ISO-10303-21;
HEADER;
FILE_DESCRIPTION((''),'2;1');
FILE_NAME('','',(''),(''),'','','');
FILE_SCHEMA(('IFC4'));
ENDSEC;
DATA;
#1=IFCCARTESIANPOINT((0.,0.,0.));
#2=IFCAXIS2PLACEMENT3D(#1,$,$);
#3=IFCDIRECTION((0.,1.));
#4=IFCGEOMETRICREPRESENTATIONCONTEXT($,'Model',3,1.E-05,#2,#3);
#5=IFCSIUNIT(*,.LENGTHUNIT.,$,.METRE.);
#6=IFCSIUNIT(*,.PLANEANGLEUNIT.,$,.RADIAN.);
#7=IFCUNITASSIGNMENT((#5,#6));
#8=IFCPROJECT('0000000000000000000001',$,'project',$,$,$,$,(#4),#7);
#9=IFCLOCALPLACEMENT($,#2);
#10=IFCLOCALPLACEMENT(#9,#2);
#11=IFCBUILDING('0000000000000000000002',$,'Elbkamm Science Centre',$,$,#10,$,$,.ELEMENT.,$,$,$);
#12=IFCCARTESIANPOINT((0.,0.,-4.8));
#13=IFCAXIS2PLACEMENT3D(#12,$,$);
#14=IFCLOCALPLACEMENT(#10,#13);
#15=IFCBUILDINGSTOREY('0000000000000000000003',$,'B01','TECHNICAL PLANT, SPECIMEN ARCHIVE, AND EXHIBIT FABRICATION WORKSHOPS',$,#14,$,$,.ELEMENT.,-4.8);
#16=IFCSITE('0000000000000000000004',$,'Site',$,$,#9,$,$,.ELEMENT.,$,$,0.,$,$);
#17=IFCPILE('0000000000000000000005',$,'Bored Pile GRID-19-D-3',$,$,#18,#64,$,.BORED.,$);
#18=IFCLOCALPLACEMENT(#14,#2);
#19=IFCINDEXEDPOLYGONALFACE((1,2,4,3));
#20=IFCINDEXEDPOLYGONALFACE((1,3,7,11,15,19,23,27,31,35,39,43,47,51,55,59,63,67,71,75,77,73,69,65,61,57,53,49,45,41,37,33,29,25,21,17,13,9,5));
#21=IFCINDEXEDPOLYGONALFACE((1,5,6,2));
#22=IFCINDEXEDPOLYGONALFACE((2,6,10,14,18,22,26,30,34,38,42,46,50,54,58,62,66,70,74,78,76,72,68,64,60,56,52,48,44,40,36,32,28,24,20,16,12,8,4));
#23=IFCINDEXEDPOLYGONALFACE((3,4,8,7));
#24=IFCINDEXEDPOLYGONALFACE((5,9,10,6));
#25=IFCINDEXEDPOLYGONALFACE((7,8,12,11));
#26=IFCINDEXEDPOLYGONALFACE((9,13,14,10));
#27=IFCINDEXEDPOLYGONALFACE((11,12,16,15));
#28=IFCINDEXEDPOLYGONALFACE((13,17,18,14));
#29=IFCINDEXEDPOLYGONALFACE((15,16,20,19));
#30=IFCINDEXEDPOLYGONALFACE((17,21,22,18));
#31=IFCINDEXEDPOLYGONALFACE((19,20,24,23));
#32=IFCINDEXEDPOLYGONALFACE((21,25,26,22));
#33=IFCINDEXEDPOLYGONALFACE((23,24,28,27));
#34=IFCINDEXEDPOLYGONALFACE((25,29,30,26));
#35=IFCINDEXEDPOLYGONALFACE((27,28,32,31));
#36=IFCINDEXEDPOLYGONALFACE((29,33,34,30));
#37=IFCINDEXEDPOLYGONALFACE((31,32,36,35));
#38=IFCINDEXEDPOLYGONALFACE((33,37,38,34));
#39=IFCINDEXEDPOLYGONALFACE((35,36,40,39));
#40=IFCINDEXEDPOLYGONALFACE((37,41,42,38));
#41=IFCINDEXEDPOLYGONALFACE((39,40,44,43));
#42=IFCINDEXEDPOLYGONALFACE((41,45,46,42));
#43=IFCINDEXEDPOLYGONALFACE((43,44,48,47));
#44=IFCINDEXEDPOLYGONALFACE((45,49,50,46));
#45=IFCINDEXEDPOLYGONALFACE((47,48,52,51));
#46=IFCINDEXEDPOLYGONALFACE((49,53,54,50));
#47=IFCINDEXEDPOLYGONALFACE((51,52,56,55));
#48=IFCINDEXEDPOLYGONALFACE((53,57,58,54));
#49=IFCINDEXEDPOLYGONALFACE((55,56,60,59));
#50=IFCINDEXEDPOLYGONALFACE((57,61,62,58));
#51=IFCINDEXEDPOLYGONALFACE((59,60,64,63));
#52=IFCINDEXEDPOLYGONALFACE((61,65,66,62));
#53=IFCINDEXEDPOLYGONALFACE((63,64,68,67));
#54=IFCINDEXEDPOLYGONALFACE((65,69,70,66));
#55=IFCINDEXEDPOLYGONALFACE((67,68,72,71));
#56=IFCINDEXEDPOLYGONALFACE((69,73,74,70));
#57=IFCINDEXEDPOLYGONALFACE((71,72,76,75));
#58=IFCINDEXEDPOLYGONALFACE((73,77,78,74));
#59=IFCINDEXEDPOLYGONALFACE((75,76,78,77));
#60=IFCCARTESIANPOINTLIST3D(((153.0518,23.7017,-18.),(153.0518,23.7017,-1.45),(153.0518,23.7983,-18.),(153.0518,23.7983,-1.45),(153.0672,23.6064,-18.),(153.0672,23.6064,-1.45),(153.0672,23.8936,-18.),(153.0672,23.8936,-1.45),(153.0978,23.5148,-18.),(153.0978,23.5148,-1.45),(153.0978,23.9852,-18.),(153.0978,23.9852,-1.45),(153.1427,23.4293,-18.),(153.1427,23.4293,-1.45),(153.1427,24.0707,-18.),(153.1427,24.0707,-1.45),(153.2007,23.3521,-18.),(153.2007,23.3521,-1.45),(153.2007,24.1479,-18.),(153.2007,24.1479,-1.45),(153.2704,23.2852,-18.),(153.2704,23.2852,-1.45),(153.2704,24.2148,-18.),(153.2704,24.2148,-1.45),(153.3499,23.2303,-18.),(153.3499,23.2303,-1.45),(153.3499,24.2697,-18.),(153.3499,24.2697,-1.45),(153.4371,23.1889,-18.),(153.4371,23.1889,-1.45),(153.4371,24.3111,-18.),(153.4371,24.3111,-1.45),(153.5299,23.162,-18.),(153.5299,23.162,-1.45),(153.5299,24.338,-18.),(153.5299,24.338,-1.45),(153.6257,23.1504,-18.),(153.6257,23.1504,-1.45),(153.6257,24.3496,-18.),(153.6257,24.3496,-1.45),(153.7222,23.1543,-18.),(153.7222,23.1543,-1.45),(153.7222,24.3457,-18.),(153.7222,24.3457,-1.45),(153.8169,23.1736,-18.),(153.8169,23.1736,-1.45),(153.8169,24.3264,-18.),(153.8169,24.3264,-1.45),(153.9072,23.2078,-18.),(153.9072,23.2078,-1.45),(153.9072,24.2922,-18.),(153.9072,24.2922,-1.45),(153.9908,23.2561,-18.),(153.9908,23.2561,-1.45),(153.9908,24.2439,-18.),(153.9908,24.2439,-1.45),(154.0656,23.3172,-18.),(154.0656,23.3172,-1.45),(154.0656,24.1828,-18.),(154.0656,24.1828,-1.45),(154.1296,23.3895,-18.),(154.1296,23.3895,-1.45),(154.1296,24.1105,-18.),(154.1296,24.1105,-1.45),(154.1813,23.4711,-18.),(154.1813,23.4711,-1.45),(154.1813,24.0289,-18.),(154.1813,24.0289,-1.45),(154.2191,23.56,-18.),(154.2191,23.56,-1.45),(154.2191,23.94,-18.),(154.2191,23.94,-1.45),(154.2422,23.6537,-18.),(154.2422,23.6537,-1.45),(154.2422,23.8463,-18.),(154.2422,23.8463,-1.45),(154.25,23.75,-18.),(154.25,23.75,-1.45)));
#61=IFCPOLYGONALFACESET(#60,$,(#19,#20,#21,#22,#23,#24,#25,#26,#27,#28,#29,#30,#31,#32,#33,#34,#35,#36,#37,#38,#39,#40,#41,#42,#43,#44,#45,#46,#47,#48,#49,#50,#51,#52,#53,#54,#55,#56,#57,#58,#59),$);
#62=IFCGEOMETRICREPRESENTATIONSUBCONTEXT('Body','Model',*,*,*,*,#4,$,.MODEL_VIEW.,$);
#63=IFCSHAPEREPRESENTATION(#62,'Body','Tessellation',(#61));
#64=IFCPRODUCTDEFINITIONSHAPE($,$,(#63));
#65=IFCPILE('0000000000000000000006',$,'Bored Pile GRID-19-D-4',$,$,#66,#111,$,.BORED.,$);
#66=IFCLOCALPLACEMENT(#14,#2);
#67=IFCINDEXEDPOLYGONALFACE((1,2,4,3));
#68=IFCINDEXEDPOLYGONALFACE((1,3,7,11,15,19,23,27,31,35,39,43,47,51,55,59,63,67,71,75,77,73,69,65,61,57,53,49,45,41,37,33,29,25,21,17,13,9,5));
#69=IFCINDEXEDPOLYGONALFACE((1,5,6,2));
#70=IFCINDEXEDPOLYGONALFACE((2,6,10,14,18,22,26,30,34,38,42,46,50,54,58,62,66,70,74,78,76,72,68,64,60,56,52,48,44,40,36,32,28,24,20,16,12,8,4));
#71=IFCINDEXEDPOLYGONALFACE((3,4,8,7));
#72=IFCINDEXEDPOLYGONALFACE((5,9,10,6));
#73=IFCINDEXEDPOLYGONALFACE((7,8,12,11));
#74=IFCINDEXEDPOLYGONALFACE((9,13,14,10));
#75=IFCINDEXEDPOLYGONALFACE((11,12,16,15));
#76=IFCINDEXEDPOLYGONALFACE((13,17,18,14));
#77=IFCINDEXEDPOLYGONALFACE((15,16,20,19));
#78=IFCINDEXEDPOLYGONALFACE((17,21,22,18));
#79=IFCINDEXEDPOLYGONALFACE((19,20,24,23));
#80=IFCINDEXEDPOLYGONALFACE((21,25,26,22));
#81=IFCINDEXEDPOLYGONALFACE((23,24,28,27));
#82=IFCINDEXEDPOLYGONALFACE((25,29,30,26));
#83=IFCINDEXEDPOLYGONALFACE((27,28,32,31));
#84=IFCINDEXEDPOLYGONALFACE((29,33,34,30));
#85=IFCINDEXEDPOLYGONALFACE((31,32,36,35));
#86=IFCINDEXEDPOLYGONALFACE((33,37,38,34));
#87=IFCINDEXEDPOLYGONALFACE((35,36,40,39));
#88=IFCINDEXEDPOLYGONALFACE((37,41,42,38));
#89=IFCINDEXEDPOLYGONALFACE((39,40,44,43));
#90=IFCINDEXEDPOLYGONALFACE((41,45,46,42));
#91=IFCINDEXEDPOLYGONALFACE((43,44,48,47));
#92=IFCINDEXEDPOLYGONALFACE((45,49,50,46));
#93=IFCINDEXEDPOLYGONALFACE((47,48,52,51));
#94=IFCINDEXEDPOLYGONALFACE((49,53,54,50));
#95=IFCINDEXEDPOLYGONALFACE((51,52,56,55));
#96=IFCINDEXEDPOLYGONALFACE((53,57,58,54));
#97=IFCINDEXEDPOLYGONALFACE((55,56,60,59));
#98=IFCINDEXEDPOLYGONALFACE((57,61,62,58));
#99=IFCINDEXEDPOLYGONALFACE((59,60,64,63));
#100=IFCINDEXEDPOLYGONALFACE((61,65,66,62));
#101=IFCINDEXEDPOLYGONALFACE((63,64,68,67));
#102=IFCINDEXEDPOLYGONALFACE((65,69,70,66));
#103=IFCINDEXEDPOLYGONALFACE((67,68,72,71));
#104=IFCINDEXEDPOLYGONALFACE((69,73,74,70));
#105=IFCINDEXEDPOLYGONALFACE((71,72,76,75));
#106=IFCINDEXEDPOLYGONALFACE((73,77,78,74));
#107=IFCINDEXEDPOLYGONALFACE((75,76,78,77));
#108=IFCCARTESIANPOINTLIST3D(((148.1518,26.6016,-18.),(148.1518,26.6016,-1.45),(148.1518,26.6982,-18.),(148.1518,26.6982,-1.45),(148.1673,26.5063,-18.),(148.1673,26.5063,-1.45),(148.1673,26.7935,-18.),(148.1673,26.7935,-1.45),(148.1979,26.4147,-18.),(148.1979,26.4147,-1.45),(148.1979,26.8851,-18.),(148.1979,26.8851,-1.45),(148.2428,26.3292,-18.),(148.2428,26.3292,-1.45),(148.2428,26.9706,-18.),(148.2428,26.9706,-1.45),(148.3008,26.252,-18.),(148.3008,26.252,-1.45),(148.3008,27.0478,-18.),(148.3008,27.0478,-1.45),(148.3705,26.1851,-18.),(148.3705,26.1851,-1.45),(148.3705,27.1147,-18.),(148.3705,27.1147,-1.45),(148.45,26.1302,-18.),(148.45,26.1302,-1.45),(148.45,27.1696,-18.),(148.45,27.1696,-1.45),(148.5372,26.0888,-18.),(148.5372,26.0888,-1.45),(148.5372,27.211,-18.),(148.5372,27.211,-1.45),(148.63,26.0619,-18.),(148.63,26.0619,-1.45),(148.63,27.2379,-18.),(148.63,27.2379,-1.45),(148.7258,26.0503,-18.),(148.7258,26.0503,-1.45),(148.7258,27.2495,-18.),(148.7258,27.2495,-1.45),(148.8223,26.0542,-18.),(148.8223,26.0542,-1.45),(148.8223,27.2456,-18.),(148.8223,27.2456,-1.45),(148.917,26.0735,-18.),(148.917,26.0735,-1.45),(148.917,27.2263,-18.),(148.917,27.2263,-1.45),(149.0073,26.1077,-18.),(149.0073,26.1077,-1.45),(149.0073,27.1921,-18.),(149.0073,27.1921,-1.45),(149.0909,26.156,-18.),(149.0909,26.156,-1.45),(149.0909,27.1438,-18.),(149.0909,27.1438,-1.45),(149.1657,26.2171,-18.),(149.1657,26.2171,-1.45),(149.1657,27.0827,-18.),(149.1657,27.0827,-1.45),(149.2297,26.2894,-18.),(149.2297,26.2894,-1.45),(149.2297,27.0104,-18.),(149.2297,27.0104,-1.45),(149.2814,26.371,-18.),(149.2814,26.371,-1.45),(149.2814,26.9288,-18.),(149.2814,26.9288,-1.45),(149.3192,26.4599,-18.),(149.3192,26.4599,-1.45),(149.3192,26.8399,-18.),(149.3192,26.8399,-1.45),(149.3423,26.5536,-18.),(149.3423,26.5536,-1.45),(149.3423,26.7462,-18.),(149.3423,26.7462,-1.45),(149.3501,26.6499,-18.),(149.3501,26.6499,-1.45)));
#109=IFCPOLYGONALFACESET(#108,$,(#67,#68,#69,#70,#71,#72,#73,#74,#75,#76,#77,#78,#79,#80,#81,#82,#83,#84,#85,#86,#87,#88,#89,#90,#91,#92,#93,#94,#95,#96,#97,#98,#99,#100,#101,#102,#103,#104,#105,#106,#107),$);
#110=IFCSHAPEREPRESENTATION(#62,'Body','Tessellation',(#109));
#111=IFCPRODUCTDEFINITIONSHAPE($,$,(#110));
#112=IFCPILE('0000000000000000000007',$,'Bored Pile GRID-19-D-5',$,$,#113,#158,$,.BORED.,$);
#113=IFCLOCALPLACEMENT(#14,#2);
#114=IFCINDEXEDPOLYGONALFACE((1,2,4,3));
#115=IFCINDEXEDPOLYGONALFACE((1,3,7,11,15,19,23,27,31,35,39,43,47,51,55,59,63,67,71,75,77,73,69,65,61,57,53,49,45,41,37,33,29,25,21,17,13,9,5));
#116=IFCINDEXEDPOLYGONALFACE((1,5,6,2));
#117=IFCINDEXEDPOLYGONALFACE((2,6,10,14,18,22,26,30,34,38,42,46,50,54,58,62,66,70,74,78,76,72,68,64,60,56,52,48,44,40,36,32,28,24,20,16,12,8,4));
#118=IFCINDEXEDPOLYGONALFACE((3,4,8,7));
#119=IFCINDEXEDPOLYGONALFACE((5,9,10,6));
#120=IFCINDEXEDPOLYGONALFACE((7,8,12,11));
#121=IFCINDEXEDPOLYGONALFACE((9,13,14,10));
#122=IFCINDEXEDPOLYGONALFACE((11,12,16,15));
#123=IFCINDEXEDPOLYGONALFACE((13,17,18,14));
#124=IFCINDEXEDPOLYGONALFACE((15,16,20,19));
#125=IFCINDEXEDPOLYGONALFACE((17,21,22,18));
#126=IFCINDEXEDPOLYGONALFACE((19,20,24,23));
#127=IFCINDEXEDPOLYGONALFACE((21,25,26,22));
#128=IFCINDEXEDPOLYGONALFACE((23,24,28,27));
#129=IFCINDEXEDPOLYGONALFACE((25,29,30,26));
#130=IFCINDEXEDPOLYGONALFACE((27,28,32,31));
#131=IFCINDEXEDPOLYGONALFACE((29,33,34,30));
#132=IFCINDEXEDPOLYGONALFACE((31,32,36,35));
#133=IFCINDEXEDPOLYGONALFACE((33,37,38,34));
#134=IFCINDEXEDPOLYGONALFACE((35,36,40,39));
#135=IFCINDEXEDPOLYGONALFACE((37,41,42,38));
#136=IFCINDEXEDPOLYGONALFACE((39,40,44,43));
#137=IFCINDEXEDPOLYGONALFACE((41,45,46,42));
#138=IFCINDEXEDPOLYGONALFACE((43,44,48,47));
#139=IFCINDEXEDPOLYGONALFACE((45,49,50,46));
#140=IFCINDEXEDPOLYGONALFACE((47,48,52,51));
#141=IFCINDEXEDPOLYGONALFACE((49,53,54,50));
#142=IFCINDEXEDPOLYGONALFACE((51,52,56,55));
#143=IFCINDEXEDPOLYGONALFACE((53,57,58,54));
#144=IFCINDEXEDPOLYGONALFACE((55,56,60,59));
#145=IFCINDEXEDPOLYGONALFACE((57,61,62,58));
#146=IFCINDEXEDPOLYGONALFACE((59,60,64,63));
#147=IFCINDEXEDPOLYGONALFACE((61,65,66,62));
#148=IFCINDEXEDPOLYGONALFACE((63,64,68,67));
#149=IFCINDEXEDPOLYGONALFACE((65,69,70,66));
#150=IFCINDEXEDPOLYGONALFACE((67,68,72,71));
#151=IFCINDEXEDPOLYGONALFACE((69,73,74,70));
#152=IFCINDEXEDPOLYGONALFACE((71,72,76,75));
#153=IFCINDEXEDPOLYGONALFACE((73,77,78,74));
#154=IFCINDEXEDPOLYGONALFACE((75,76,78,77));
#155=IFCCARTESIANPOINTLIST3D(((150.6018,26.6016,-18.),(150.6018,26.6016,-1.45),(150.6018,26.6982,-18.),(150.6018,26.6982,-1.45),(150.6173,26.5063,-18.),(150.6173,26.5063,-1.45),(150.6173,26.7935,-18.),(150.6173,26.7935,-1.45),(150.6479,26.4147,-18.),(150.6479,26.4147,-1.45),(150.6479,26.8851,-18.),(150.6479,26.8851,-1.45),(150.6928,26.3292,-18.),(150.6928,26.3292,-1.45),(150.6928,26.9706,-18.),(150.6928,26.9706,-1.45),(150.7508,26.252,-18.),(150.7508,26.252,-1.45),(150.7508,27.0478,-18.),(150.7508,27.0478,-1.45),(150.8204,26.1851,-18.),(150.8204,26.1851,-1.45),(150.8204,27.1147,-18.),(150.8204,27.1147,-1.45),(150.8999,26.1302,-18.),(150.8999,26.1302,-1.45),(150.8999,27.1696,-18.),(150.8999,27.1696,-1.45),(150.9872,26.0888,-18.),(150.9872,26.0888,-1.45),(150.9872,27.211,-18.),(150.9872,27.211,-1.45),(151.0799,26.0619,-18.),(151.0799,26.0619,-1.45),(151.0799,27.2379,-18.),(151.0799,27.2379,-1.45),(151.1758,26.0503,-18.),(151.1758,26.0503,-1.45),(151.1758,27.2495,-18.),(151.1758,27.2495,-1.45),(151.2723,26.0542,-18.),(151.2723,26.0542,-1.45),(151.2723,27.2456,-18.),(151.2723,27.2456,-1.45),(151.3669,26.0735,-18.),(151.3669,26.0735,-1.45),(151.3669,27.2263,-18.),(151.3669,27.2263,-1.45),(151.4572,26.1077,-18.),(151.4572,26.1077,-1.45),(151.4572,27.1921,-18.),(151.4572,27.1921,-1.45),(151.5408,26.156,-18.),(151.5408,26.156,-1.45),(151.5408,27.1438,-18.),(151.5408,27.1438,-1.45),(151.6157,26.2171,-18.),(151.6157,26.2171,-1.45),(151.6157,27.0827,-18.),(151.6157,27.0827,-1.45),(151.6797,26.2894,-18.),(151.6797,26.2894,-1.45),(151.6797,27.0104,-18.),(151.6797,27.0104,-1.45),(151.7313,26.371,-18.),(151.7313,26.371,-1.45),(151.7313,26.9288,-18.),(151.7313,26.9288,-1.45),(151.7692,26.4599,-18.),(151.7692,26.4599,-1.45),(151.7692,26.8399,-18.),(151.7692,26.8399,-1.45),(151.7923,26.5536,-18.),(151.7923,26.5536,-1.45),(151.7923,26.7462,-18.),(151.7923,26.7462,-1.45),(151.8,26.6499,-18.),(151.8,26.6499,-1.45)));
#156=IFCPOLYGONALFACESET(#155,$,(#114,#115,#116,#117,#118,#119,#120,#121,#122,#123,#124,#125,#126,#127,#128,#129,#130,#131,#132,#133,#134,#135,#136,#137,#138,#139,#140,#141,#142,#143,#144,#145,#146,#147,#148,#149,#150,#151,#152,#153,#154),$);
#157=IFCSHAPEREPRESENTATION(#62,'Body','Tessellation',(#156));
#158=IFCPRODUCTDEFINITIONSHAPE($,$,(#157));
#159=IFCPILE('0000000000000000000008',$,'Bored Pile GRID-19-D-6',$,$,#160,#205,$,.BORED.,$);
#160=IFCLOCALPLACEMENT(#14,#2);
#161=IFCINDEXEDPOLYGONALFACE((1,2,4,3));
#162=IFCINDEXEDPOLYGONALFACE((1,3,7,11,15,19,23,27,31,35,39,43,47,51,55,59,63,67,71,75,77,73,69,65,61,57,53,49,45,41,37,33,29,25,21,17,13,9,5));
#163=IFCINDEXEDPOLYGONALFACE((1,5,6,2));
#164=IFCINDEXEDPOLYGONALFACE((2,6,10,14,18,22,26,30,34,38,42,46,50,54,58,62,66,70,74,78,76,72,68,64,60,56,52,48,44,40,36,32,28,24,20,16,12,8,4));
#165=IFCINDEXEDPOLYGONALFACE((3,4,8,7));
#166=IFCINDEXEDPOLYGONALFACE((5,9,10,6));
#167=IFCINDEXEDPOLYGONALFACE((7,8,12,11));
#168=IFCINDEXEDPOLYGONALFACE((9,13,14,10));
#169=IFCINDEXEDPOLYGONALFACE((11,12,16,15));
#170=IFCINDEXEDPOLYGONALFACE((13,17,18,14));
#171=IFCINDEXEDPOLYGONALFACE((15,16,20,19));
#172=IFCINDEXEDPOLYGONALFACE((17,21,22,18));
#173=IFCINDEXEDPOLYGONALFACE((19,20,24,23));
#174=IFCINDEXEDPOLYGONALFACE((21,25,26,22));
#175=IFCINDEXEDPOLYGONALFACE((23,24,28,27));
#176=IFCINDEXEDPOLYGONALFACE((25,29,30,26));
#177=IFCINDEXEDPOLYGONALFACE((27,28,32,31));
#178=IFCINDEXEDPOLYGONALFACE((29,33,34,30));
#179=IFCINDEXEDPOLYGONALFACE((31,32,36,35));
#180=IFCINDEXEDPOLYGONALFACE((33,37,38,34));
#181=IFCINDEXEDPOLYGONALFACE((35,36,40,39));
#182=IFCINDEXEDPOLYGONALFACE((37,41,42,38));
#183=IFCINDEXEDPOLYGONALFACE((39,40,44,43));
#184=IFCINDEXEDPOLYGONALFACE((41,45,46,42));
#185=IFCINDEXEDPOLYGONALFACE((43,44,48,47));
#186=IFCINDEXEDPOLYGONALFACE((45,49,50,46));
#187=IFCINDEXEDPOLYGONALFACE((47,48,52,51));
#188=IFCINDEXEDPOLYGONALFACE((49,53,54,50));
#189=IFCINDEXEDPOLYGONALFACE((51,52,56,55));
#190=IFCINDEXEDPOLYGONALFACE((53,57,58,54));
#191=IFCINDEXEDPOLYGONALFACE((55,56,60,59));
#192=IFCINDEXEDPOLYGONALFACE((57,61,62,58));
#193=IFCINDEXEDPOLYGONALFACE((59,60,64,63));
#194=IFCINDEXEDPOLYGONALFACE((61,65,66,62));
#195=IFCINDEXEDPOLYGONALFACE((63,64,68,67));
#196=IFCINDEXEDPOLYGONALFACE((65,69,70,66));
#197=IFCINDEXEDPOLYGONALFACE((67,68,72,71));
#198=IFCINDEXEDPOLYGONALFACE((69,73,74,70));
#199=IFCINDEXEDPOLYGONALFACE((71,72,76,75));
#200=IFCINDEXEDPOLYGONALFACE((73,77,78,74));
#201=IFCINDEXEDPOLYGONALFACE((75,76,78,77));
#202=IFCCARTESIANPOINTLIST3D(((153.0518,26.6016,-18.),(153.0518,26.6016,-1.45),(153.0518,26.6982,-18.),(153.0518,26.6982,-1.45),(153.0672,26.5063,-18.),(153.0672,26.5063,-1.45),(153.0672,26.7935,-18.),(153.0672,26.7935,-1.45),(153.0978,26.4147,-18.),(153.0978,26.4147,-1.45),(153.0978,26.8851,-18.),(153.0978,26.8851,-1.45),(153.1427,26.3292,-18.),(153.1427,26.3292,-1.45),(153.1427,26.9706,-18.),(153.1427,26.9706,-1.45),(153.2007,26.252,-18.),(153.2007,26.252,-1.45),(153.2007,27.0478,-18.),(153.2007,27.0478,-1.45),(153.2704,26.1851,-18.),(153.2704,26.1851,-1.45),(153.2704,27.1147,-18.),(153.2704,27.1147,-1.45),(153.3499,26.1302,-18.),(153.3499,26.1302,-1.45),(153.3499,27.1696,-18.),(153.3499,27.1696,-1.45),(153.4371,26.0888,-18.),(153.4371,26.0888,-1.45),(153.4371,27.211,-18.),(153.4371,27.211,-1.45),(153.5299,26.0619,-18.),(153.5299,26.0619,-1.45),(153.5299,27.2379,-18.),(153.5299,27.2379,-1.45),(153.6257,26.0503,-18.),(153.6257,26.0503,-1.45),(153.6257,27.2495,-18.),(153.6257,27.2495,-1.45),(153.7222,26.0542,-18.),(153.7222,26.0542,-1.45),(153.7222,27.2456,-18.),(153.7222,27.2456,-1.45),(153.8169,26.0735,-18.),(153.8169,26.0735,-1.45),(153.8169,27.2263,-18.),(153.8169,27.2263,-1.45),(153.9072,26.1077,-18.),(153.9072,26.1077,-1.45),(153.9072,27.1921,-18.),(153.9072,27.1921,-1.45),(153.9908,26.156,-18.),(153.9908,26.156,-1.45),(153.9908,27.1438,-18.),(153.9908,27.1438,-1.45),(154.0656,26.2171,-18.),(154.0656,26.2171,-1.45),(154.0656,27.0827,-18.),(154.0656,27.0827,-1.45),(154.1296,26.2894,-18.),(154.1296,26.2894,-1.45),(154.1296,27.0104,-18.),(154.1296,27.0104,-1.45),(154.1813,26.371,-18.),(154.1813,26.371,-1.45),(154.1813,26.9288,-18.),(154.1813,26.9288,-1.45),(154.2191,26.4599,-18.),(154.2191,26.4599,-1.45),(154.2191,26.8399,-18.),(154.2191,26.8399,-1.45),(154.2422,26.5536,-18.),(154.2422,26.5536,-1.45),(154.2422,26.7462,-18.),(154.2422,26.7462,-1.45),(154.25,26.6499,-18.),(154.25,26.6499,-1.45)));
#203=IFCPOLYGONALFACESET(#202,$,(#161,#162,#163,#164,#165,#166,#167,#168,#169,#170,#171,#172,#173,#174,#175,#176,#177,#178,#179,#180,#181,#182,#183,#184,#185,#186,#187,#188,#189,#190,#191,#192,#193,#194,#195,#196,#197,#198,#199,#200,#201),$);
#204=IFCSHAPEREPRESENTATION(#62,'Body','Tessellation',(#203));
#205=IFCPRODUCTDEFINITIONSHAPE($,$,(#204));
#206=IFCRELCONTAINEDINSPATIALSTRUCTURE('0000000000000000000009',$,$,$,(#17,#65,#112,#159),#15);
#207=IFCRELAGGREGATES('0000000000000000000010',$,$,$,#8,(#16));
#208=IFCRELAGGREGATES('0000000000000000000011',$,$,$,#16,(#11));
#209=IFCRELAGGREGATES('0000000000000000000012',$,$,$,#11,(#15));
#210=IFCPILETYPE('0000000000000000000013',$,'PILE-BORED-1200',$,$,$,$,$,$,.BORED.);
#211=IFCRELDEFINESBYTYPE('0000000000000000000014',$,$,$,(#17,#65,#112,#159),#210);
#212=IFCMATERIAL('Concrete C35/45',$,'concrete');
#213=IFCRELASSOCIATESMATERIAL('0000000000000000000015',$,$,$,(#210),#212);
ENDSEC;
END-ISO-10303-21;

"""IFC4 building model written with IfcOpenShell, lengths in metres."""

from ifc_helpers import new_model, si_unit, direction, frame, origin, origin_2d, place, context, subcontext, project, spatial, circle, extrude, material, material_profile, profile_set, type_object, element, save


model = new_model("IFC4")

# Units and contexts
model_context = context("Model", 3, precision=1e-05, world=origin(), true_north=direction((0.0, 1.0)))
body_context = subcontext(model_context, "Body", "Model", "MODEL_VIEW")
ifc_project = project(units=[si_unit("LENGTHUNIT", "METRE"), si_unit("PLANEANGLEUNIT", "RADIAN")], contexts=[model_context])

# Site, building, storey
site_placement = place(None, origin())
site = spatial("IfcSite", under=ifc_project, at=site_placement, Name="Site", CompositionType="ELEMENT", RefElevation=0.0)
building_placement = place(site_placement, origin())
building = spatial("IfcBuilding", under=site, at=building_placement, Name="Elbkamm Science Centre", CompositionType="ELEMENT")
storey_placement = place(building_placement, frame((0.0, 0.0, -4.8)))
storey = spatial("IfcBuildingStorey", under=building, at=storey_placement, Name="B01", Description="TECHNICAL PLANT, SPECIMEN ARCHIVE, AND EXHIBIT FABRICATION WORKSHOPS", CompositionType="ELEMENT", Elevation=-4.8)

# Shared definitions
ifc_material_1 = material(Name="Concrete C35/45", Category="concrete")

# Piles
ifc_material_profile_1 = material_profile(ifc_material_1, circle(Radius=0.6001, at=origin_2d()), Name="PILE D1200")
ifc_profile_set_1 = profile_set([ifc_material_profile_1], Name="Concrete C35/45")
pile_type_1 = type_object("IfcPileType", Name="PILE-BORED-1200", PredefinedType="BORED", material=ifc_profile_set_1)
for number, where, z_axis, x_axis, name in (
    (1, (153.6499, 23.75, -1.45), (0.0, 0.0, -1.0), (1.0, 0.0, 0.0), "Bored Pile GRID-19-D-3"),
    (2, (148.75, 26.6499, -1.45), (0.0, 0.0, -1.0), (1.0, 0.0, 0.0), "Bored Pile GRID-19-D-4"),
    (3, (151.2, 26.6499, -1.45), (0.0, 0.0, -1.0), (1.0, 0.0, 0.0), "Bored Pile GRID-19-D-5"),
    (4, (153.6499, 26.6499, -1.45), (0.0, 0.0, -1.0), (1.0, 0.0, 0.0), "Bored Pile GRID-19-D-6"),
):
    element("IfcPile", number, at=place(storey_placement, frame(where, z_axis=z_axis, x_axis=x_axis)), inside=storey, type_object=pile_type_1, Name=name, PredefinedType="BORED", context=body_context, shape_type="SweptSolid", body=[
        extrude(circle(Radius=0.6001, at=origin_2d()), origin(), (0.0, 0.0, 1.0), 16.55),
    ])

save(model, "model.ifc")
